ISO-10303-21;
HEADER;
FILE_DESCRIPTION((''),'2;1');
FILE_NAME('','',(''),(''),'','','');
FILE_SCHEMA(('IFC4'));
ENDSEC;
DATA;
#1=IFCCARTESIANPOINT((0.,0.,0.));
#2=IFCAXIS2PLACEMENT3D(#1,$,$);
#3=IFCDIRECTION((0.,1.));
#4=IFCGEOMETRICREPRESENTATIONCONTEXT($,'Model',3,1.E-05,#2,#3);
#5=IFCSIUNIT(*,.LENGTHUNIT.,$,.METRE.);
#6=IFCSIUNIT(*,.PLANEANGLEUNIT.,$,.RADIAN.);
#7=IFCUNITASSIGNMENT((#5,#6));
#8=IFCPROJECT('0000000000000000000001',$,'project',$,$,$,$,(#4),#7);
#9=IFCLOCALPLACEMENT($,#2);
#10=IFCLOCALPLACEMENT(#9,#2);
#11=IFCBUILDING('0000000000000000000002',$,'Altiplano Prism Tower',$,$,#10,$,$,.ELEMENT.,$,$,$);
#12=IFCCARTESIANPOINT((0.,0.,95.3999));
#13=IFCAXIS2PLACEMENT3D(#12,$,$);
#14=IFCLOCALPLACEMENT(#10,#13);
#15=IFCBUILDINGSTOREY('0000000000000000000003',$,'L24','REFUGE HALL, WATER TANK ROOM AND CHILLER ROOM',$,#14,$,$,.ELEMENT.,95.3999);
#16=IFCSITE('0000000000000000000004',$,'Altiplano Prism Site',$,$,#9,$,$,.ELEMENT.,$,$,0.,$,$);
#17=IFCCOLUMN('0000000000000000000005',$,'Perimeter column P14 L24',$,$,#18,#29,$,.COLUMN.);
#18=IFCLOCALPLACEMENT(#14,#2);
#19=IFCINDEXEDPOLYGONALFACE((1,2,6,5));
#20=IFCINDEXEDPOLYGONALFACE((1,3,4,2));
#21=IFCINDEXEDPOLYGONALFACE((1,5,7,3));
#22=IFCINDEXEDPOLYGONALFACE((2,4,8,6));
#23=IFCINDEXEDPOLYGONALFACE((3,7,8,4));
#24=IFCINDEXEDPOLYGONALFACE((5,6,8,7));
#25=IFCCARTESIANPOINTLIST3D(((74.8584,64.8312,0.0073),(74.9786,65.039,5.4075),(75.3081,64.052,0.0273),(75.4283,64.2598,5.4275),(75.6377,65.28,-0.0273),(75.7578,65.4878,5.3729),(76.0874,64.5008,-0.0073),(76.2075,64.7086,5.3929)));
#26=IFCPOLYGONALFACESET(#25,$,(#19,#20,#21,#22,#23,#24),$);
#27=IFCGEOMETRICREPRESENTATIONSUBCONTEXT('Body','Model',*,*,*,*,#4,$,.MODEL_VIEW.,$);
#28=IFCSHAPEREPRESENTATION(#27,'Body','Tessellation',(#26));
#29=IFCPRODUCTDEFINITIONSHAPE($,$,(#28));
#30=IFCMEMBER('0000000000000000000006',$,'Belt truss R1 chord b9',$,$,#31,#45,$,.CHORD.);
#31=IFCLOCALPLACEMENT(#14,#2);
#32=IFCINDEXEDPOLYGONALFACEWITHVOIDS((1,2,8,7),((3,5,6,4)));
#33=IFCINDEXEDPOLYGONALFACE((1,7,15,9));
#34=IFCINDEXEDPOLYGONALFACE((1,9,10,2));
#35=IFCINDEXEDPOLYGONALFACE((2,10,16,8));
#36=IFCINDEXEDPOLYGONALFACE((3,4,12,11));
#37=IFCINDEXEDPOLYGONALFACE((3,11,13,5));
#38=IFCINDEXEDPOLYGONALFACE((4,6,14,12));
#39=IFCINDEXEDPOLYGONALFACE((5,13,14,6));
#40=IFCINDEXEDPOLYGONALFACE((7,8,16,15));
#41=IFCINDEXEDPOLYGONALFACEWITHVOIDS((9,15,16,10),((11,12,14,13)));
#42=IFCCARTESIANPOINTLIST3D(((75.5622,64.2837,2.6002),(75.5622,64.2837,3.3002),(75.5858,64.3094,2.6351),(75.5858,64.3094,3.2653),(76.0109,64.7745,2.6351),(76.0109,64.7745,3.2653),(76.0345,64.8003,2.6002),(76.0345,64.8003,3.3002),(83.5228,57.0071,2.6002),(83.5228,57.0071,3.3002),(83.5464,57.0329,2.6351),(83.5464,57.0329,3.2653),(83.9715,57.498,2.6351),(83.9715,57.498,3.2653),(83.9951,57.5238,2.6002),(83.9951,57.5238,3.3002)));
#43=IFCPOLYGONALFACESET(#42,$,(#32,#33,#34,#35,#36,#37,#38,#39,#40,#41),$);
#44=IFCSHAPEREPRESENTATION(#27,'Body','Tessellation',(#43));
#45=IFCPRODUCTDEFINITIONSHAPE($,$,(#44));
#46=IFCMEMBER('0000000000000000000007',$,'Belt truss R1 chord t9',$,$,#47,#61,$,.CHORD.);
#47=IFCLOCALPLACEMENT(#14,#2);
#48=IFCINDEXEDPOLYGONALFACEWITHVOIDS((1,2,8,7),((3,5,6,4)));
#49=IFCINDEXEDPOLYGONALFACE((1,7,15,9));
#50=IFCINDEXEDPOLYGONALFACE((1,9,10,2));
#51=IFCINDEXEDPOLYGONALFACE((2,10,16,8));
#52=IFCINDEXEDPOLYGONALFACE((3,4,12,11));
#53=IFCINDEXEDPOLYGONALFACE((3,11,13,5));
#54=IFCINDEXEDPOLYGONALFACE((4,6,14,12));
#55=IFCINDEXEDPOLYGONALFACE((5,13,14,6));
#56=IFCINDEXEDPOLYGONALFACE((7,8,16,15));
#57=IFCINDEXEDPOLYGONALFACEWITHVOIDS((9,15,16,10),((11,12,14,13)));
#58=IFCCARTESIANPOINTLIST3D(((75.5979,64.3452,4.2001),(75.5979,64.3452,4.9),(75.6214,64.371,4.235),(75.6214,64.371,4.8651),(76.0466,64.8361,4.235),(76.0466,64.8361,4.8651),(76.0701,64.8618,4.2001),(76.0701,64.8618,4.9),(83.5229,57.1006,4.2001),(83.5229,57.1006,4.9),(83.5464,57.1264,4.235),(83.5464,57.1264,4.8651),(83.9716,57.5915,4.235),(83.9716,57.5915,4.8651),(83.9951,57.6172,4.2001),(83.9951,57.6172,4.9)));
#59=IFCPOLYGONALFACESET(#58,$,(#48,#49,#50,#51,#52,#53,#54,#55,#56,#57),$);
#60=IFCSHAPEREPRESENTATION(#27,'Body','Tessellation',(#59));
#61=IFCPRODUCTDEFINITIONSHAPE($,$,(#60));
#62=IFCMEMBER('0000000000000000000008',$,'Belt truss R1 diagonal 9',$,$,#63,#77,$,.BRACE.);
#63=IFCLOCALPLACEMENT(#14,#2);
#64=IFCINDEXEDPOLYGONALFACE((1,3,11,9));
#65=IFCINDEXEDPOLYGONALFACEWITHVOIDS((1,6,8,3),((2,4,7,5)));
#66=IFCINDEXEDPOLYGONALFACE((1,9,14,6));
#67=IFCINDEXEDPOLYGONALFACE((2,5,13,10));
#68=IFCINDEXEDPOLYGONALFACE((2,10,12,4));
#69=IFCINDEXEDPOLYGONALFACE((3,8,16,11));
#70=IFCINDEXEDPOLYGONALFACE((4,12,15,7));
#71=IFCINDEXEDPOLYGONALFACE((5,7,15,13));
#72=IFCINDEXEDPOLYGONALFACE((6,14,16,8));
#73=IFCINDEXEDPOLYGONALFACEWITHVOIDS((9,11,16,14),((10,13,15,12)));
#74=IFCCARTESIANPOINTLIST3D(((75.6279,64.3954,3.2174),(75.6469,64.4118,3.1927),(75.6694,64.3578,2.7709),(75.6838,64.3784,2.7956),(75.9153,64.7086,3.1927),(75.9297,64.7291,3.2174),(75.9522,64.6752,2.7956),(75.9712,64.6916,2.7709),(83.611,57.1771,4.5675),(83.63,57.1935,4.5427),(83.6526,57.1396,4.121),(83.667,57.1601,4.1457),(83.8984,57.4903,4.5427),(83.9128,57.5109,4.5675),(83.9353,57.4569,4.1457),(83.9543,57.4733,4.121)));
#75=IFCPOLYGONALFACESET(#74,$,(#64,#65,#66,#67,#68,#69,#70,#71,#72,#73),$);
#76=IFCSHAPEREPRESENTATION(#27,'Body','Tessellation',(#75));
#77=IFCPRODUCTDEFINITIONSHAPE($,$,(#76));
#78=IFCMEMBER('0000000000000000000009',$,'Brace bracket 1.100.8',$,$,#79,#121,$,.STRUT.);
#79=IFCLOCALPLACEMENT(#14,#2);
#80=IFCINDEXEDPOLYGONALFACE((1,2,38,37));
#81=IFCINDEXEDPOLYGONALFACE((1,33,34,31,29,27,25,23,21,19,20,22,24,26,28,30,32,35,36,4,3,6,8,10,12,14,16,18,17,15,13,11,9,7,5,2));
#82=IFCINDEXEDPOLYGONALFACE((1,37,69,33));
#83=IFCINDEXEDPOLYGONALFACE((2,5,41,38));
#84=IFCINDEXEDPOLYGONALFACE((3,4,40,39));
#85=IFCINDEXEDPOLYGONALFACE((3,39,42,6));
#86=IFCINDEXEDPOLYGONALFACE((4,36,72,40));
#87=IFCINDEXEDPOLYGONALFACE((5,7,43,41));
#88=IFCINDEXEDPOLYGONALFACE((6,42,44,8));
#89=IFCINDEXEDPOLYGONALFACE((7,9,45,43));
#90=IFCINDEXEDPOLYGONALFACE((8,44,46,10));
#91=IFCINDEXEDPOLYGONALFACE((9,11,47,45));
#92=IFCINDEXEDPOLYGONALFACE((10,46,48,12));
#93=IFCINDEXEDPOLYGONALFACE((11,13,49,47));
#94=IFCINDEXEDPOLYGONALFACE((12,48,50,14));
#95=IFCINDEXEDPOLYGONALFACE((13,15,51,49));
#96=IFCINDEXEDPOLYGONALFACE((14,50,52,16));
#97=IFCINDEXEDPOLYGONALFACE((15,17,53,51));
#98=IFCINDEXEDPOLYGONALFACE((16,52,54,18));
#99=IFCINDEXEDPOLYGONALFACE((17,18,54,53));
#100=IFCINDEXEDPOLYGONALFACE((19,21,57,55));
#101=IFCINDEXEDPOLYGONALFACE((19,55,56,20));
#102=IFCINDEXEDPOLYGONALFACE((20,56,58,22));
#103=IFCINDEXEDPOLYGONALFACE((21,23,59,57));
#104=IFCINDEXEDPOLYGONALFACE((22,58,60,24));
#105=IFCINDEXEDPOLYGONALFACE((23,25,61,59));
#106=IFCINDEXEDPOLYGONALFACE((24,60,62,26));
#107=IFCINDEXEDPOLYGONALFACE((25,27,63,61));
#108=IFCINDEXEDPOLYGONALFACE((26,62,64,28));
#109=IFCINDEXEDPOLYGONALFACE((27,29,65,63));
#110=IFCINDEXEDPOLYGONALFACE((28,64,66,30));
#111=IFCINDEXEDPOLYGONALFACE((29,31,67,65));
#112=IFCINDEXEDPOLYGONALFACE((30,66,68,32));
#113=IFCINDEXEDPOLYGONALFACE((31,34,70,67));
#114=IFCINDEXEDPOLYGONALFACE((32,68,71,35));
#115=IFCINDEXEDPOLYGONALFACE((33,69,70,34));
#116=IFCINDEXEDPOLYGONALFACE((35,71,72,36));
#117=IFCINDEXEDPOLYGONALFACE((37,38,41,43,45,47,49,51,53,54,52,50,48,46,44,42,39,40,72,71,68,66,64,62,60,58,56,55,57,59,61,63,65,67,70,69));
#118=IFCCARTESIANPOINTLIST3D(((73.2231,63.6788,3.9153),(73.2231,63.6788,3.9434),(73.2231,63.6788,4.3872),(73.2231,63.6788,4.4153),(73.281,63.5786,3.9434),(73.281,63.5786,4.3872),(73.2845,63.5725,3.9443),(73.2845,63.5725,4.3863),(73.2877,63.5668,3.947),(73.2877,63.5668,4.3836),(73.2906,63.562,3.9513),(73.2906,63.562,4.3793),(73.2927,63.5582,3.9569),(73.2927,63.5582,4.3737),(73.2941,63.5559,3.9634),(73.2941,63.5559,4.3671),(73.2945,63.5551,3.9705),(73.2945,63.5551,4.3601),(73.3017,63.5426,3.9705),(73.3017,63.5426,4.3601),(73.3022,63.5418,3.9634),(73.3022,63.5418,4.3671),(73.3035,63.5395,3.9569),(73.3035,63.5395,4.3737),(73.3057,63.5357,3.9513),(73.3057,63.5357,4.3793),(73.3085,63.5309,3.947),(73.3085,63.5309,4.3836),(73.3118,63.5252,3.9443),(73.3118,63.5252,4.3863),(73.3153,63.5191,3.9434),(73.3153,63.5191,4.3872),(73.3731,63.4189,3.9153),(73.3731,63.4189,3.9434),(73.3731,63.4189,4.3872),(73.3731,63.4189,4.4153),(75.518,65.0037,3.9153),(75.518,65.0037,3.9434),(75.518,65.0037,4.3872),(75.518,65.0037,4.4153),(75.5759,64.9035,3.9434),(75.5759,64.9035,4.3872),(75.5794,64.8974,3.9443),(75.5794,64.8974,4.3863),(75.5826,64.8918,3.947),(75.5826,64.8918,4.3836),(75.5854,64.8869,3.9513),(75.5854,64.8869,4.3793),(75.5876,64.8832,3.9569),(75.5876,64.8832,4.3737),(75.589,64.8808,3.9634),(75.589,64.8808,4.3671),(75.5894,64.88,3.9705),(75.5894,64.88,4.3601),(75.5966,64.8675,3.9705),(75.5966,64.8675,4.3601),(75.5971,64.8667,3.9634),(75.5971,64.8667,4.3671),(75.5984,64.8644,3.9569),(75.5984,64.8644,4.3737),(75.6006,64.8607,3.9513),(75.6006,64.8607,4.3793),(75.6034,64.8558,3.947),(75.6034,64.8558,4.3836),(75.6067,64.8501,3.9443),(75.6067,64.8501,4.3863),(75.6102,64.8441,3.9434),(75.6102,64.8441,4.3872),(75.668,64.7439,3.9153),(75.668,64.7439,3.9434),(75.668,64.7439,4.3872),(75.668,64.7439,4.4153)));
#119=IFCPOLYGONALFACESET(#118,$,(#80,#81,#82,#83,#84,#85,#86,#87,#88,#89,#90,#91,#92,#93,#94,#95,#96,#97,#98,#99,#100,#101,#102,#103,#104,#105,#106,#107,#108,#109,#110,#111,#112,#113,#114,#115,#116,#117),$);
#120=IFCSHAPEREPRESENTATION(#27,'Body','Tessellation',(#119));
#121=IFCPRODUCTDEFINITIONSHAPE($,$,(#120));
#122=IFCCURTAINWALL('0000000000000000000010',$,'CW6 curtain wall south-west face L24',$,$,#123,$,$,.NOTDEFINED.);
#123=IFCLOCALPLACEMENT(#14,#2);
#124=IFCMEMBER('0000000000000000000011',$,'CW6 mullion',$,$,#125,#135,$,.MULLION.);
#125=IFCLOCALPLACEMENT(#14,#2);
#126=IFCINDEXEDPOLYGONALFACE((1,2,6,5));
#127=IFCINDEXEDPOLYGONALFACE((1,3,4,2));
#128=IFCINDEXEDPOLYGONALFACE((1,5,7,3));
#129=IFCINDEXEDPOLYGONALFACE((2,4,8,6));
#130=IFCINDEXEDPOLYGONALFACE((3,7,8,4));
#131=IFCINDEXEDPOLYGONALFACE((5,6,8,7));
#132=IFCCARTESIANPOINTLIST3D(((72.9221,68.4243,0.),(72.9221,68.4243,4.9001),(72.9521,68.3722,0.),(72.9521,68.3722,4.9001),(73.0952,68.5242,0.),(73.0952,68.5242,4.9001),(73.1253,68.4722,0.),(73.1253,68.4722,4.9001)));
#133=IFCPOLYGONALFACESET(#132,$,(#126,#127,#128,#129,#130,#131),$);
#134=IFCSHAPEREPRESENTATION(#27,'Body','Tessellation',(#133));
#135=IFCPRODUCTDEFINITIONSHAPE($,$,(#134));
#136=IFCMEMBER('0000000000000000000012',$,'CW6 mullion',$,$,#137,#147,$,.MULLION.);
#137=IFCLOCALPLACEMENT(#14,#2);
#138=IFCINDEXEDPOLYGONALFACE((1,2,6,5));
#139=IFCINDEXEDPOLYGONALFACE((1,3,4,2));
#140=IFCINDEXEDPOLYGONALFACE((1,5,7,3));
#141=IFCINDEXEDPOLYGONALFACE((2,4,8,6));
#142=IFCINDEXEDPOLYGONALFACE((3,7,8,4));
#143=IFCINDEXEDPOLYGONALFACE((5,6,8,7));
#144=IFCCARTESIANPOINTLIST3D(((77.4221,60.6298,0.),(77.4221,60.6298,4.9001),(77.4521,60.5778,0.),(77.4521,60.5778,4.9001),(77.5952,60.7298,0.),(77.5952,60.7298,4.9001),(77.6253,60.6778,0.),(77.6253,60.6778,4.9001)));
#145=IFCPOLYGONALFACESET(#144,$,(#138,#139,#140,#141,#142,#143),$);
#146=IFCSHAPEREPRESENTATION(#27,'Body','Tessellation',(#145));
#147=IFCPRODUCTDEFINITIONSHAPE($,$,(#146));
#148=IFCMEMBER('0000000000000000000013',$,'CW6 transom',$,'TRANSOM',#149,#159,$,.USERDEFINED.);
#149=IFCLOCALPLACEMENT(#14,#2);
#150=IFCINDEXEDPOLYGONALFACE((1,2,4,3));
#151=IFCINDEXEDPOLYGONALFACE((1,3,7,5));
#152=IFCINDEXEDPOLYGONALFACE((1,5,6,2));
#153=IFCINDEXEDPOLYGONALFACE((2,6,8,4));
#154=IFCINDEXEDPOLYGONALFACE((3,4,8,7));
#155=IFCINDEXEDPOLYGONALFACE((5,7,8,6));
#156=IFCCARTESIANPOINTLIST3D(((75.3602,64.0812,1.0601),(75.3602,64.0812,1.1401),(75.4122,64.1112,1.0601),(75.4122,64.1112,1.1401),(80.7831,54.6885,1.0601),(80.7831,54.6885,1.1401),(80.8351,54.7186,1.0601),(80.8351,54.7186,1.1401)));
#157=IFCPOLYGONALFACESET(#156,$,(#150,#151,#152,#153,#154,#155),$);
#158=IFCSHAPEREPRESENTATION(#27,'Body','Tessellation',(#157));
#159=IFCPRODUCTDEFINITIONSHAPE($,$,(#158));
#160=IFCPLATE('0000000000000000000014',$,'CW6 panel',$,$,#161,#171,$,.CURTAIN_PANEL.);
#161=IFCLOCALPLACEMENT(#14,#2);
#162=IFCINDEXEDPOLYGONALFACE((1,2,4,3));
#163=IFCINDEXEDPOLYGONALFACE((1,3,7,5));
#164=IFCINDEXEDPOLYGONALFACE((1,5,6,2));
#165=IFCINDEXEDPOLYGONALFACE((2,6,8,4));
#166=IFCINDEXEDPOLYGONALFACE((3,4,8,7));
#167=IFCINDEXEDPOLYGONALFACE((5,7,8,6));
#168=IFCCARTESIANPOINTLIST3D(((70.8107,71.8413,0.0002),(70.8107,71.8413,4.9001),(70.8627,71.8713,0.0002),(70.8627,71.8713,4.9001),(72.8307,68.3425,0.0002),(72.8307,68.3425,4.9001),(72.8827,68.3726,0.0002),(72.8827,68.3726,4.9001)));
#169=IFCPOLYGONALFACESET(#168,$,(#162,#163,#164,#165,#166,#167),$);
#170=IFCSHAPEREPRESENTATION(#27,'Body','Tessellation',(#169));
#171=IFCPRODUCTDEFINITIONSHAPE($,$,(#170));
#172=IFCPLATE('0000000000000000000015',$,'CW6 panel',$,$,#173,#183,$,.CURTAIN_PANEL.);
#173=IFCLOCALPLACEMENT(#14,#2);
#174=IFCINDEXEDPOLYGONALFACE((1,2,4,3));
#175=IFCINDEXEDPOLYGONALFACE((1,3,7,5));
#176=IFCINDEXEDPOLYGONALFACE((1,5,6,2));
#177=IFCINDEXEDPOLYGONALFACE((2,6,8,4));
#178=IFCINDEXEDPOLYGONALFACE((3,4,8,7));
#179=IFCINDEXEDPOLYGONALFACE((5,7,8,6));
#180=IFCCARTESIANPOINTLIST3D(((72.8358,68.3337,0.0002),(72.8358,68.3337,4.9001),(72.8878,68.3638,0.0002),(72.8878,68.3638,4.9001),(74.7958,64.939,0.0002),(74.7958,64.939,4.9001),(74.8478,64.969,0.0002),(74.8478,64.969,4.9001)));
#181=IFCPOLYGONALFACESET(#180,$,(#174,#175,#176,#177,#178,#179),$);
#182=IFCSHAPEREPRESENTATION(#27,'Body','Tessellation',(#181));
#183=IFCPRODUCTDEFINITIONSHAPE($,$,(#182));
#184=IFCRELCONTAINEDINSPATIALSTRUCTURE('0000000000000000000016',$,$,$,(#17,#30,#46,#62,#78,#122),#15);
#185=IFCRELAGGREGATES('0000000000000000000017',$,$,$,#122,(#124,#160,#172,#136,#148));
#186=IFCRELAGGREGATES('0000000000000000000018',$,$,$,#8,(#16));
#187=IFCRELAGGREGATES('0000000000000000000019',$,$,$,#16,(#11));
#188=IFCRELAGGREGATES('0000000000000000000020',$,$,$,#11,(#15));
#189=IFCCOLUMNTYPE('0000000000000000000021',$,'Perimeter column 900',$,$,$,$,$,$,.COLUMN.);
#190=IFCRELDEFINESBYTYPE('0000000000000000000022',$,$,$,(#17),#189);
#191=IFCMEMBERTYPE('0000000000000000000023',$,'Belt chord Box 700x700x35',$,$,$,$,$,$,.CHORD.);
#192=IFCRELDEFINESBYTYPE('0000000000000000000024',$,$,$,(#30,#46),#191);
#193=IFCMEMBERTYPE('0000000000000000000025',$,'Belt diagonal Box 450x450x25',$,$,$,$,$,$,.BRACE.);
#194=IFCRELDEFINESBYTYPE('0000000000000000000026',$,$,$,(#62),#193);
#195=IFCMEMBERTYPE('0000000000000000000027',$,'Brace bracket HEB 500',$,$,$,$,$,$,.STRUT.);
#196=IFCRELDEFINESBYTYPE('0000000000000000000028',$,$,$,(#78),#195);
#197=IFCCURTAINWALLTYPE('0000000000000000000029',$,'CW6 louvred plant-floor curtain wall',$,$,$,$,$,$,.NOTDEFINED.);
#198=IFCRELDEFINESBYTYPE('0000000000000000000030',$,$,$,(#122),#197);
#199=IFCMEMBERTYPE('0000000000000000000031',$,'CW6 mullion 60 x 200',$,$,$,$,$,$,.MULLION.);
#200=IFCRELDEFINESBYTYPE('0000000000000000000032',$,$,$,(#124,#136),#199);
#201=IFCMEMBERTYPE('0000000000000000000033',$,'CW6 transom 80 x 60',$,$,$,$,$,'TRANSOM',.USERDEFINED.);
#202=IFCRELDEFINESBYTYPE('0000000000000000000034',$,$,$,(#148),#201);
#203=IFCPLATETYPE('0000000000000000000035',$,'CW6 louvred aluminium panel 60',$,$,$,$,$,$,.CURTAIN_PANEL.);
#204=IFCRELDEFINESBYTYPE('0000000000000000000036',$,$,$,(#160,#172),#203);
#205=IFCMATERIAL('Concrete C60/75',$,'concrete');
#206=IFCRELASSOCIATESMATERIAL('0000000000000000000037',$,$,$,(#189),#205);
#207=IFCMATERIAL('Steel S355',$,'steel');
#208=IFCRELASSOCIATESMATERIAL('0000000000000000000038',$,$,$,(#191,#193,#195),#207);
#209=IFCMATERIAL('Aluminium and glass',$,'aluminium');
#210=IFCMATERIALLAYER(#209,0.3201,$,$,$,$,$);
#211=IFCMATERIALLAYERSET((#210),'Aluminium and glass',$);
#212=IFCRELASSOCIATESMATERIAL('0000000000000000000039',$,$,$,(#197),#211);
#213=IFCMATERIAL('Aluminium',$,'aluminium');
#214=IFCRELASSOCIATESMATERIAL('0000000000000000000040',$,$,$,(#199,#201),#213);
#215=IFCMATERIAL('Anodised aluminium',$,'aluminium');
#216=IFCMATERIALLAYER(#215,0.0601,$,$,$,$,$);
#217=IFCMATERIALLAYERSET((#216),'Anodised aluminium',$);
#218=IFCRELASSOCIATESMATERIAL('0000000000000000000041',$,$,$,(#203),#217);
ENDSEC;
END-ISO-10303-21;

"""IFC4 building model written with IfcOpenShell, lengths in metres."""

from ifc_helpers import new_model, si_unit, direction, frame, origin, origin_2d, place, context, subcontext, project, spatial, rectangle, hollow_rectangle, i_section, extrude, material, layer, layer_set, material_profile, profile_set, type_object, element, aggregate, save


model = new_model("IFC4")

# Units and contexts
model_context = context("Model", 3, precision=1e-05, world=origin(), true_north=direction((0.0, 1.0)))
body_context = subcontext(model_context, "Body", "Model", "MODEL_VIEW")
ifc_project = project(units=[si_unit("LENGTHUNIT", "METRE"), si_unit("PLANEANGLEUNIT", "RADIAN")], contexts=[model_context])

# Site, building, storey
site_placement = place(None, origin())
site = spatial("IfcSite", under=ifc_project, at=site_placement, Name="Altiplano Prism Site", CompositionType="ELEMENT", RefElevation=0.0)
building_placement = place(site_placement, origin())
building = spatial("IfcBuilding", under=site, at=building_placement, Name="Altiplano Prism Tower", CompositionType="ELEMENT")
storey_placement = place(building_placement, frame((0.0, 0.0, 95.3999)))
storey = spatial("IfcBuildingStorey", under=building, at=storey_placement, Name="L24", Description="REFUGE HALL, WATER TANK ROOM AND CHILLER ROOM", CompositionType="ELEMENT", Elevation=95.3999)

# Column
ifc_material_1 = material(Name="Concrete C60/75", Category="concrete")
ifc_material_profile_1 = material_profile(ifc_material_1, rectangle(XDim=0.8999, YDim=0.8999, at=origin_2d()), Name="Perimeter column 900")
ifc_profile_set_1 = profile_set([ifc_material_profile_1], Name="Concrete C60/75")
column_type = type_object("IfcColumnType", Name="Perimeter column 900", PredefinedType="COLUMN", material=ifc_profile_set_1)
column_placement = place(storey_placement, frame((75.4729, 64.666, 0.0), z_axis=(0.022221, 0.038436, 0.999014), x_axis=(-0.865897, -0.498743, 0.038449)))
element("IfcColumn", 1, at=column_placement, inside=storey, type_object=column_type, Name="Perimeter column P14 L24", PredefinedType="COLUMN", context=body_context, shape_type="SweptSolid", body=[
    extrude(rectangle(XDim=0.8999, YDim=0.8999, at=origin_2d()), origin(), (0.0, 0.0, 1.0), 5.4055),
])

# Members
ifc_material_2 = material(Name="Steel S355", Category="steel")
ifc_material_profile_2 = material_profile(ifc_material_2, hollow_rectangle(XDim=0.7, YDim=0.7, WallThickness=0.0349, at=origin_2d()), Name="Belt chord Box 700x700x35")
ifc_profile_set_2 = profile_set([ifc_material_profile_2], Name="Steel S355")
member_type_1 = type_object("IfcMemberType", Name="Belt chord Box 700x700x35", PredefinedType="CHORD", material=ifc_profile_set_2)
member_1_placement = place(storey_placement, frame((75.7983, 64.542, 2.9502), z_axis=(0.738109, -0.674681, 0.0), x_axis=(0.674681, 0.738109, 0.0)))
element("IfcMember", 2, at=member_1_placement, inside=storey, type_object=member_type_1, Name="Belt truss R1 chord b9", PredefinedType="CHORD", context=body_context, shape_type="SweptSolid", body=[
    extrude(hollow_rectangle(XDim=0.7, YDim=0.7, WallThickness=0.0349, at=origin_2d()), origin(), (0.0, 0.0, 1.0), 10.7852),
])
member_2_placement = place(storey_placement, frame((75.834, 64.6035, 4.55), z_axis=(0.738081, -0.674712, 0.0), x_axis=(0.674712, 0.738081, 0.0)))
element("IfcMember", 3, at=member_2_placement, inside=storey, type_object=member_type_1, Name="Belt truss R1 chord t9", PredefinedType="CHORD", context=body_context, shape_type="SweptSolid", body=[
    extrude(hollow_rectangle(XDim=0.7, YDim=0.7, WallThickness=0.0349, at=origin_2d()), origin(), (0.0, 0.0, 1.0), 10.7373),
])
ifc_material_profile_3 = material_profile(ifc_material_2, hollow_rectangle(XDim=0.45, YDim=0.45, WallThickness=0.0249, at=origin_2d()), Name="Belt diagonal Box 450x450x25")
ifc_profile_set_3 = profile_set([ifc_material_profile_3], Name="Steel S355")
member_type_2 = type_object("IfcMemberType", Name="Belt diagonal Box 450x450x25", PredefinedType="BRACE", material=ifc_profile_set_3)
member_3_placement = place(storey_placement, frame((75.7996, 64.5435, 2.9941), z_axis=(0.73598, -0.665463, 0.124468), x_axis=(0.670679, 0.741748, 0.0)))
element("IfcMember", 4, at=member_3_placement, inside=storey, type_object=member_type_2, Name="Belt truss R1 diagonal 9", PredefinedType="BRACE", context=body_context, shape_type="SweptSolid", body=[
    extrude(hollow_rectangle(XDim=0.45, YDim=0.45, WallThickness=0.0249, at=origin_2d()), origin(), (0.0, 0.0, 1.0), 10.8469),
])
ifc_material_profile_4 = material_profile(ifc_material_2, i_section(OverallWidth=0.3, OverallDepth=0.5, WebThickness=0.0144, FlangeThickness=0.0281, FilletRadius=0.0271, at=origin_2d()), Name="Brace bracket HEB 500")
ifc_profile_set_4 = profile_set([ifc_material_profile_4], Name="Steel S355")
member_type_3 = type_object("IfcMemberType", Name="Brace bracket HEB 500", PredefinedType="STRUT", material=ifc_profile_set_4)
member_4_placement = place(storey_placement, frame((75.593, 64.8738, 4.1653), z_axis=(-0.866029, -0.499994, 0.0), x_axis=(0.499994, -0.866029, 0.0)))
element("IfcMember", 5, at=member_4_placement, inside=storey, type_object=member_type_3, Name="Brace bracket 1.100.8", PredefinedType="STRUT", context=body_context, shape_type="SweptSolid", body=[
    extrude(i_section(OverallWidth=0.3, OverallDepth=0.5, WebThickness=0.0144, FlangeThickness=0.0281, FilletRadius=0.0271, at=origin_2d()), origin(), (0.0, 0.0, 1.0), 2.6499),
])

# Curtain wall, members, plates
ifc_material_3 = material(Name="Aluminium and glass", Category="aluminium")
ifc_layer_1 = layer(ifc_material_3, 0.3201)
ifc_layer_set_1 = layer_set([ifc_layer_1], Name="Aluminium and glass")
curtain_wall_type = type_object("IfcCurtainWallType", Name="CW6 louvred plant-floor curtain wall", PredefinedType="NOTDEFINED", material=ifc_layer_set_1)
curtain_wall_placement = place(storey_placement, origin())
curtain_wall = element("IfcCurtainWall", 6, at=curtain_wall_placement, inside=storey, type_object=curtain_wall_type, Name="CW6 curtain wall south-west face L24", PredefinedType="NOTDEFINED")
ifc_material_4 = material(Name="Aluminium", Category="aluminium")
ifc_material_profile_5 = material_profile(ifc_material_4, rectangle(XDim=0.2, YDim=0.0601, at=origin_2d()), Name="CW6 mullion 60 x 200")
ifc_profile_set_5 = profile_set([ifc_material_profile_5], Name="Aluminium")
member_type_4 = type_object("IfcMemberType", Name="CW6 mullion 60 x 200", PredefinedType="MULLION", material=ifc_profile_set_5)
member_5_placement = place(storey_placement, frame((73.0237, 68.4482, 0.0), z_axis=(0.0, 0.0, 1.0), x_axis=(0.866025, 0.5, 0.0)))
member_5 = element("IfcMember", 7, at=member_5_placement, type_object=member_type_4, Name="CW6 mullion", PredefinedType="MULLION", context=body_context, shape_type="SweptSolid", body=[
    extrude(rectangle(XDim=0.2, YDim=0.0601, at=origin_2d()), origin(), (0.0, 0.0, 1.0), 4.9001),
])
member_6_placement = place(storey_placement, frame((77.5237, 60.6538, 0.0), z_axis=(0.0, 0.0, 1.0), x_axis=(0.866025, 0.5, 0.0)))
member_6 = element("IfcMember", 8, at=member_6_placement, type_object=member_type_4, Name="CW6 mullion", PredefinedType="MULLION", context=body_context, shape_type="SweptSolid", body=[
    extrude(rectangle(XDim=0.2, YDim=0.0601, at=origin_2d()), origin(), (0.0, 0.0, 1.0), 4.9001),
])
ifc_material_profile_6 = material_profile(ifc_material_4, rectangle(XDim=0.0601, YDim=0.0801, at=origin_2d()), Name="CW6 transom 80 x 60")
ifc_profile_set_6 = profile_set([ifc_material_profile_6], Name="Aluminium")
member_type_5 = type_object("IfcMemberType", Name="CW6 transom 80 x 60", ElementType="TRANSOM", PredefinedType="USERDEFINED", material=ifc_profile_set_6)
member_7_placement = place(storey_placement, frame((75.3862, 64.0962, 1.1001), z_axis=(0.500003, -0.866024, 0.0), x_axis=(0.866024, 0.500003, 0.0)))
member_7 = element("IfcMember", 9, at=member_7_placement, type_object=member_type_5, Name="CW6 transom", ObjectType="TRANSOM", PredefinedType="USERDEFINED", context=body_context, shape_type="SweptSolid", body=[
    extrude(rectangle(XDim=0.0601, YDim=0.0801, at=origin_2d()), origin(), (0.0, 0.0, 1.0), 10.8457),
])
ifc_material_5 = material(Name="Anodised aluminium", Category="aluminium")
ifc_layer_2 = layer(ifc_material_5, 0.0601)
ifc_layer_set_2 = layer_set([ifc_layer_2], Name="Anodised aluminium")
plate_type = type_object("IfcPlateType", Name="CW6 louvred aluminium panel 60", PredefinedType="CURTAIN_PANEL", material=ifc_layer_set_2)
plate_1_placement = place(storey_placement, frame((71.8467, 70.1069, 0.0002), z_axis=(0.0, 0.0, 1.0), x_axis=(0.5, -0.866025, 0.0)))
plate_1 = element("IfcPlate", 10, at=plate_1_placement, type_object=plate_type, Name="CW6 panel", PredefinedType="CURTAIN_PANEL", context=body_context, shape_type="SweptSolid", body=[
    extrude(rectangle(XDim=4.04, YDim=0.0601, at=origin_2d()), origin(), (0.0, 0.0, 1.0), 4.8999),
])
plate_2_placement = place(storey_placement, frame((73.8418, 66.6514, 0.0002), z_axis=(0.0, 0.0, 1.0), x_axis=(0.5, -0.866025, 0.0)))
plate_2 = element("IfcPlate", 11, at=plate_2_placement, type_object=plate_type, Name="CW6 panel", PredefinedType="CURTAIN_PANEL", context=body_context, shape_type="SweptSolid", body=[
    extrude(rectangle(XDim=3.9199, YDim=0.0601, at=origin_2d()), origin(), (0.0, 0.0, 1.0), 4.8999),
])
aggregate(curtain_wall, [member_5, plate_1, plate_2, member_6, member_7])

save(model, "model.ifc")
